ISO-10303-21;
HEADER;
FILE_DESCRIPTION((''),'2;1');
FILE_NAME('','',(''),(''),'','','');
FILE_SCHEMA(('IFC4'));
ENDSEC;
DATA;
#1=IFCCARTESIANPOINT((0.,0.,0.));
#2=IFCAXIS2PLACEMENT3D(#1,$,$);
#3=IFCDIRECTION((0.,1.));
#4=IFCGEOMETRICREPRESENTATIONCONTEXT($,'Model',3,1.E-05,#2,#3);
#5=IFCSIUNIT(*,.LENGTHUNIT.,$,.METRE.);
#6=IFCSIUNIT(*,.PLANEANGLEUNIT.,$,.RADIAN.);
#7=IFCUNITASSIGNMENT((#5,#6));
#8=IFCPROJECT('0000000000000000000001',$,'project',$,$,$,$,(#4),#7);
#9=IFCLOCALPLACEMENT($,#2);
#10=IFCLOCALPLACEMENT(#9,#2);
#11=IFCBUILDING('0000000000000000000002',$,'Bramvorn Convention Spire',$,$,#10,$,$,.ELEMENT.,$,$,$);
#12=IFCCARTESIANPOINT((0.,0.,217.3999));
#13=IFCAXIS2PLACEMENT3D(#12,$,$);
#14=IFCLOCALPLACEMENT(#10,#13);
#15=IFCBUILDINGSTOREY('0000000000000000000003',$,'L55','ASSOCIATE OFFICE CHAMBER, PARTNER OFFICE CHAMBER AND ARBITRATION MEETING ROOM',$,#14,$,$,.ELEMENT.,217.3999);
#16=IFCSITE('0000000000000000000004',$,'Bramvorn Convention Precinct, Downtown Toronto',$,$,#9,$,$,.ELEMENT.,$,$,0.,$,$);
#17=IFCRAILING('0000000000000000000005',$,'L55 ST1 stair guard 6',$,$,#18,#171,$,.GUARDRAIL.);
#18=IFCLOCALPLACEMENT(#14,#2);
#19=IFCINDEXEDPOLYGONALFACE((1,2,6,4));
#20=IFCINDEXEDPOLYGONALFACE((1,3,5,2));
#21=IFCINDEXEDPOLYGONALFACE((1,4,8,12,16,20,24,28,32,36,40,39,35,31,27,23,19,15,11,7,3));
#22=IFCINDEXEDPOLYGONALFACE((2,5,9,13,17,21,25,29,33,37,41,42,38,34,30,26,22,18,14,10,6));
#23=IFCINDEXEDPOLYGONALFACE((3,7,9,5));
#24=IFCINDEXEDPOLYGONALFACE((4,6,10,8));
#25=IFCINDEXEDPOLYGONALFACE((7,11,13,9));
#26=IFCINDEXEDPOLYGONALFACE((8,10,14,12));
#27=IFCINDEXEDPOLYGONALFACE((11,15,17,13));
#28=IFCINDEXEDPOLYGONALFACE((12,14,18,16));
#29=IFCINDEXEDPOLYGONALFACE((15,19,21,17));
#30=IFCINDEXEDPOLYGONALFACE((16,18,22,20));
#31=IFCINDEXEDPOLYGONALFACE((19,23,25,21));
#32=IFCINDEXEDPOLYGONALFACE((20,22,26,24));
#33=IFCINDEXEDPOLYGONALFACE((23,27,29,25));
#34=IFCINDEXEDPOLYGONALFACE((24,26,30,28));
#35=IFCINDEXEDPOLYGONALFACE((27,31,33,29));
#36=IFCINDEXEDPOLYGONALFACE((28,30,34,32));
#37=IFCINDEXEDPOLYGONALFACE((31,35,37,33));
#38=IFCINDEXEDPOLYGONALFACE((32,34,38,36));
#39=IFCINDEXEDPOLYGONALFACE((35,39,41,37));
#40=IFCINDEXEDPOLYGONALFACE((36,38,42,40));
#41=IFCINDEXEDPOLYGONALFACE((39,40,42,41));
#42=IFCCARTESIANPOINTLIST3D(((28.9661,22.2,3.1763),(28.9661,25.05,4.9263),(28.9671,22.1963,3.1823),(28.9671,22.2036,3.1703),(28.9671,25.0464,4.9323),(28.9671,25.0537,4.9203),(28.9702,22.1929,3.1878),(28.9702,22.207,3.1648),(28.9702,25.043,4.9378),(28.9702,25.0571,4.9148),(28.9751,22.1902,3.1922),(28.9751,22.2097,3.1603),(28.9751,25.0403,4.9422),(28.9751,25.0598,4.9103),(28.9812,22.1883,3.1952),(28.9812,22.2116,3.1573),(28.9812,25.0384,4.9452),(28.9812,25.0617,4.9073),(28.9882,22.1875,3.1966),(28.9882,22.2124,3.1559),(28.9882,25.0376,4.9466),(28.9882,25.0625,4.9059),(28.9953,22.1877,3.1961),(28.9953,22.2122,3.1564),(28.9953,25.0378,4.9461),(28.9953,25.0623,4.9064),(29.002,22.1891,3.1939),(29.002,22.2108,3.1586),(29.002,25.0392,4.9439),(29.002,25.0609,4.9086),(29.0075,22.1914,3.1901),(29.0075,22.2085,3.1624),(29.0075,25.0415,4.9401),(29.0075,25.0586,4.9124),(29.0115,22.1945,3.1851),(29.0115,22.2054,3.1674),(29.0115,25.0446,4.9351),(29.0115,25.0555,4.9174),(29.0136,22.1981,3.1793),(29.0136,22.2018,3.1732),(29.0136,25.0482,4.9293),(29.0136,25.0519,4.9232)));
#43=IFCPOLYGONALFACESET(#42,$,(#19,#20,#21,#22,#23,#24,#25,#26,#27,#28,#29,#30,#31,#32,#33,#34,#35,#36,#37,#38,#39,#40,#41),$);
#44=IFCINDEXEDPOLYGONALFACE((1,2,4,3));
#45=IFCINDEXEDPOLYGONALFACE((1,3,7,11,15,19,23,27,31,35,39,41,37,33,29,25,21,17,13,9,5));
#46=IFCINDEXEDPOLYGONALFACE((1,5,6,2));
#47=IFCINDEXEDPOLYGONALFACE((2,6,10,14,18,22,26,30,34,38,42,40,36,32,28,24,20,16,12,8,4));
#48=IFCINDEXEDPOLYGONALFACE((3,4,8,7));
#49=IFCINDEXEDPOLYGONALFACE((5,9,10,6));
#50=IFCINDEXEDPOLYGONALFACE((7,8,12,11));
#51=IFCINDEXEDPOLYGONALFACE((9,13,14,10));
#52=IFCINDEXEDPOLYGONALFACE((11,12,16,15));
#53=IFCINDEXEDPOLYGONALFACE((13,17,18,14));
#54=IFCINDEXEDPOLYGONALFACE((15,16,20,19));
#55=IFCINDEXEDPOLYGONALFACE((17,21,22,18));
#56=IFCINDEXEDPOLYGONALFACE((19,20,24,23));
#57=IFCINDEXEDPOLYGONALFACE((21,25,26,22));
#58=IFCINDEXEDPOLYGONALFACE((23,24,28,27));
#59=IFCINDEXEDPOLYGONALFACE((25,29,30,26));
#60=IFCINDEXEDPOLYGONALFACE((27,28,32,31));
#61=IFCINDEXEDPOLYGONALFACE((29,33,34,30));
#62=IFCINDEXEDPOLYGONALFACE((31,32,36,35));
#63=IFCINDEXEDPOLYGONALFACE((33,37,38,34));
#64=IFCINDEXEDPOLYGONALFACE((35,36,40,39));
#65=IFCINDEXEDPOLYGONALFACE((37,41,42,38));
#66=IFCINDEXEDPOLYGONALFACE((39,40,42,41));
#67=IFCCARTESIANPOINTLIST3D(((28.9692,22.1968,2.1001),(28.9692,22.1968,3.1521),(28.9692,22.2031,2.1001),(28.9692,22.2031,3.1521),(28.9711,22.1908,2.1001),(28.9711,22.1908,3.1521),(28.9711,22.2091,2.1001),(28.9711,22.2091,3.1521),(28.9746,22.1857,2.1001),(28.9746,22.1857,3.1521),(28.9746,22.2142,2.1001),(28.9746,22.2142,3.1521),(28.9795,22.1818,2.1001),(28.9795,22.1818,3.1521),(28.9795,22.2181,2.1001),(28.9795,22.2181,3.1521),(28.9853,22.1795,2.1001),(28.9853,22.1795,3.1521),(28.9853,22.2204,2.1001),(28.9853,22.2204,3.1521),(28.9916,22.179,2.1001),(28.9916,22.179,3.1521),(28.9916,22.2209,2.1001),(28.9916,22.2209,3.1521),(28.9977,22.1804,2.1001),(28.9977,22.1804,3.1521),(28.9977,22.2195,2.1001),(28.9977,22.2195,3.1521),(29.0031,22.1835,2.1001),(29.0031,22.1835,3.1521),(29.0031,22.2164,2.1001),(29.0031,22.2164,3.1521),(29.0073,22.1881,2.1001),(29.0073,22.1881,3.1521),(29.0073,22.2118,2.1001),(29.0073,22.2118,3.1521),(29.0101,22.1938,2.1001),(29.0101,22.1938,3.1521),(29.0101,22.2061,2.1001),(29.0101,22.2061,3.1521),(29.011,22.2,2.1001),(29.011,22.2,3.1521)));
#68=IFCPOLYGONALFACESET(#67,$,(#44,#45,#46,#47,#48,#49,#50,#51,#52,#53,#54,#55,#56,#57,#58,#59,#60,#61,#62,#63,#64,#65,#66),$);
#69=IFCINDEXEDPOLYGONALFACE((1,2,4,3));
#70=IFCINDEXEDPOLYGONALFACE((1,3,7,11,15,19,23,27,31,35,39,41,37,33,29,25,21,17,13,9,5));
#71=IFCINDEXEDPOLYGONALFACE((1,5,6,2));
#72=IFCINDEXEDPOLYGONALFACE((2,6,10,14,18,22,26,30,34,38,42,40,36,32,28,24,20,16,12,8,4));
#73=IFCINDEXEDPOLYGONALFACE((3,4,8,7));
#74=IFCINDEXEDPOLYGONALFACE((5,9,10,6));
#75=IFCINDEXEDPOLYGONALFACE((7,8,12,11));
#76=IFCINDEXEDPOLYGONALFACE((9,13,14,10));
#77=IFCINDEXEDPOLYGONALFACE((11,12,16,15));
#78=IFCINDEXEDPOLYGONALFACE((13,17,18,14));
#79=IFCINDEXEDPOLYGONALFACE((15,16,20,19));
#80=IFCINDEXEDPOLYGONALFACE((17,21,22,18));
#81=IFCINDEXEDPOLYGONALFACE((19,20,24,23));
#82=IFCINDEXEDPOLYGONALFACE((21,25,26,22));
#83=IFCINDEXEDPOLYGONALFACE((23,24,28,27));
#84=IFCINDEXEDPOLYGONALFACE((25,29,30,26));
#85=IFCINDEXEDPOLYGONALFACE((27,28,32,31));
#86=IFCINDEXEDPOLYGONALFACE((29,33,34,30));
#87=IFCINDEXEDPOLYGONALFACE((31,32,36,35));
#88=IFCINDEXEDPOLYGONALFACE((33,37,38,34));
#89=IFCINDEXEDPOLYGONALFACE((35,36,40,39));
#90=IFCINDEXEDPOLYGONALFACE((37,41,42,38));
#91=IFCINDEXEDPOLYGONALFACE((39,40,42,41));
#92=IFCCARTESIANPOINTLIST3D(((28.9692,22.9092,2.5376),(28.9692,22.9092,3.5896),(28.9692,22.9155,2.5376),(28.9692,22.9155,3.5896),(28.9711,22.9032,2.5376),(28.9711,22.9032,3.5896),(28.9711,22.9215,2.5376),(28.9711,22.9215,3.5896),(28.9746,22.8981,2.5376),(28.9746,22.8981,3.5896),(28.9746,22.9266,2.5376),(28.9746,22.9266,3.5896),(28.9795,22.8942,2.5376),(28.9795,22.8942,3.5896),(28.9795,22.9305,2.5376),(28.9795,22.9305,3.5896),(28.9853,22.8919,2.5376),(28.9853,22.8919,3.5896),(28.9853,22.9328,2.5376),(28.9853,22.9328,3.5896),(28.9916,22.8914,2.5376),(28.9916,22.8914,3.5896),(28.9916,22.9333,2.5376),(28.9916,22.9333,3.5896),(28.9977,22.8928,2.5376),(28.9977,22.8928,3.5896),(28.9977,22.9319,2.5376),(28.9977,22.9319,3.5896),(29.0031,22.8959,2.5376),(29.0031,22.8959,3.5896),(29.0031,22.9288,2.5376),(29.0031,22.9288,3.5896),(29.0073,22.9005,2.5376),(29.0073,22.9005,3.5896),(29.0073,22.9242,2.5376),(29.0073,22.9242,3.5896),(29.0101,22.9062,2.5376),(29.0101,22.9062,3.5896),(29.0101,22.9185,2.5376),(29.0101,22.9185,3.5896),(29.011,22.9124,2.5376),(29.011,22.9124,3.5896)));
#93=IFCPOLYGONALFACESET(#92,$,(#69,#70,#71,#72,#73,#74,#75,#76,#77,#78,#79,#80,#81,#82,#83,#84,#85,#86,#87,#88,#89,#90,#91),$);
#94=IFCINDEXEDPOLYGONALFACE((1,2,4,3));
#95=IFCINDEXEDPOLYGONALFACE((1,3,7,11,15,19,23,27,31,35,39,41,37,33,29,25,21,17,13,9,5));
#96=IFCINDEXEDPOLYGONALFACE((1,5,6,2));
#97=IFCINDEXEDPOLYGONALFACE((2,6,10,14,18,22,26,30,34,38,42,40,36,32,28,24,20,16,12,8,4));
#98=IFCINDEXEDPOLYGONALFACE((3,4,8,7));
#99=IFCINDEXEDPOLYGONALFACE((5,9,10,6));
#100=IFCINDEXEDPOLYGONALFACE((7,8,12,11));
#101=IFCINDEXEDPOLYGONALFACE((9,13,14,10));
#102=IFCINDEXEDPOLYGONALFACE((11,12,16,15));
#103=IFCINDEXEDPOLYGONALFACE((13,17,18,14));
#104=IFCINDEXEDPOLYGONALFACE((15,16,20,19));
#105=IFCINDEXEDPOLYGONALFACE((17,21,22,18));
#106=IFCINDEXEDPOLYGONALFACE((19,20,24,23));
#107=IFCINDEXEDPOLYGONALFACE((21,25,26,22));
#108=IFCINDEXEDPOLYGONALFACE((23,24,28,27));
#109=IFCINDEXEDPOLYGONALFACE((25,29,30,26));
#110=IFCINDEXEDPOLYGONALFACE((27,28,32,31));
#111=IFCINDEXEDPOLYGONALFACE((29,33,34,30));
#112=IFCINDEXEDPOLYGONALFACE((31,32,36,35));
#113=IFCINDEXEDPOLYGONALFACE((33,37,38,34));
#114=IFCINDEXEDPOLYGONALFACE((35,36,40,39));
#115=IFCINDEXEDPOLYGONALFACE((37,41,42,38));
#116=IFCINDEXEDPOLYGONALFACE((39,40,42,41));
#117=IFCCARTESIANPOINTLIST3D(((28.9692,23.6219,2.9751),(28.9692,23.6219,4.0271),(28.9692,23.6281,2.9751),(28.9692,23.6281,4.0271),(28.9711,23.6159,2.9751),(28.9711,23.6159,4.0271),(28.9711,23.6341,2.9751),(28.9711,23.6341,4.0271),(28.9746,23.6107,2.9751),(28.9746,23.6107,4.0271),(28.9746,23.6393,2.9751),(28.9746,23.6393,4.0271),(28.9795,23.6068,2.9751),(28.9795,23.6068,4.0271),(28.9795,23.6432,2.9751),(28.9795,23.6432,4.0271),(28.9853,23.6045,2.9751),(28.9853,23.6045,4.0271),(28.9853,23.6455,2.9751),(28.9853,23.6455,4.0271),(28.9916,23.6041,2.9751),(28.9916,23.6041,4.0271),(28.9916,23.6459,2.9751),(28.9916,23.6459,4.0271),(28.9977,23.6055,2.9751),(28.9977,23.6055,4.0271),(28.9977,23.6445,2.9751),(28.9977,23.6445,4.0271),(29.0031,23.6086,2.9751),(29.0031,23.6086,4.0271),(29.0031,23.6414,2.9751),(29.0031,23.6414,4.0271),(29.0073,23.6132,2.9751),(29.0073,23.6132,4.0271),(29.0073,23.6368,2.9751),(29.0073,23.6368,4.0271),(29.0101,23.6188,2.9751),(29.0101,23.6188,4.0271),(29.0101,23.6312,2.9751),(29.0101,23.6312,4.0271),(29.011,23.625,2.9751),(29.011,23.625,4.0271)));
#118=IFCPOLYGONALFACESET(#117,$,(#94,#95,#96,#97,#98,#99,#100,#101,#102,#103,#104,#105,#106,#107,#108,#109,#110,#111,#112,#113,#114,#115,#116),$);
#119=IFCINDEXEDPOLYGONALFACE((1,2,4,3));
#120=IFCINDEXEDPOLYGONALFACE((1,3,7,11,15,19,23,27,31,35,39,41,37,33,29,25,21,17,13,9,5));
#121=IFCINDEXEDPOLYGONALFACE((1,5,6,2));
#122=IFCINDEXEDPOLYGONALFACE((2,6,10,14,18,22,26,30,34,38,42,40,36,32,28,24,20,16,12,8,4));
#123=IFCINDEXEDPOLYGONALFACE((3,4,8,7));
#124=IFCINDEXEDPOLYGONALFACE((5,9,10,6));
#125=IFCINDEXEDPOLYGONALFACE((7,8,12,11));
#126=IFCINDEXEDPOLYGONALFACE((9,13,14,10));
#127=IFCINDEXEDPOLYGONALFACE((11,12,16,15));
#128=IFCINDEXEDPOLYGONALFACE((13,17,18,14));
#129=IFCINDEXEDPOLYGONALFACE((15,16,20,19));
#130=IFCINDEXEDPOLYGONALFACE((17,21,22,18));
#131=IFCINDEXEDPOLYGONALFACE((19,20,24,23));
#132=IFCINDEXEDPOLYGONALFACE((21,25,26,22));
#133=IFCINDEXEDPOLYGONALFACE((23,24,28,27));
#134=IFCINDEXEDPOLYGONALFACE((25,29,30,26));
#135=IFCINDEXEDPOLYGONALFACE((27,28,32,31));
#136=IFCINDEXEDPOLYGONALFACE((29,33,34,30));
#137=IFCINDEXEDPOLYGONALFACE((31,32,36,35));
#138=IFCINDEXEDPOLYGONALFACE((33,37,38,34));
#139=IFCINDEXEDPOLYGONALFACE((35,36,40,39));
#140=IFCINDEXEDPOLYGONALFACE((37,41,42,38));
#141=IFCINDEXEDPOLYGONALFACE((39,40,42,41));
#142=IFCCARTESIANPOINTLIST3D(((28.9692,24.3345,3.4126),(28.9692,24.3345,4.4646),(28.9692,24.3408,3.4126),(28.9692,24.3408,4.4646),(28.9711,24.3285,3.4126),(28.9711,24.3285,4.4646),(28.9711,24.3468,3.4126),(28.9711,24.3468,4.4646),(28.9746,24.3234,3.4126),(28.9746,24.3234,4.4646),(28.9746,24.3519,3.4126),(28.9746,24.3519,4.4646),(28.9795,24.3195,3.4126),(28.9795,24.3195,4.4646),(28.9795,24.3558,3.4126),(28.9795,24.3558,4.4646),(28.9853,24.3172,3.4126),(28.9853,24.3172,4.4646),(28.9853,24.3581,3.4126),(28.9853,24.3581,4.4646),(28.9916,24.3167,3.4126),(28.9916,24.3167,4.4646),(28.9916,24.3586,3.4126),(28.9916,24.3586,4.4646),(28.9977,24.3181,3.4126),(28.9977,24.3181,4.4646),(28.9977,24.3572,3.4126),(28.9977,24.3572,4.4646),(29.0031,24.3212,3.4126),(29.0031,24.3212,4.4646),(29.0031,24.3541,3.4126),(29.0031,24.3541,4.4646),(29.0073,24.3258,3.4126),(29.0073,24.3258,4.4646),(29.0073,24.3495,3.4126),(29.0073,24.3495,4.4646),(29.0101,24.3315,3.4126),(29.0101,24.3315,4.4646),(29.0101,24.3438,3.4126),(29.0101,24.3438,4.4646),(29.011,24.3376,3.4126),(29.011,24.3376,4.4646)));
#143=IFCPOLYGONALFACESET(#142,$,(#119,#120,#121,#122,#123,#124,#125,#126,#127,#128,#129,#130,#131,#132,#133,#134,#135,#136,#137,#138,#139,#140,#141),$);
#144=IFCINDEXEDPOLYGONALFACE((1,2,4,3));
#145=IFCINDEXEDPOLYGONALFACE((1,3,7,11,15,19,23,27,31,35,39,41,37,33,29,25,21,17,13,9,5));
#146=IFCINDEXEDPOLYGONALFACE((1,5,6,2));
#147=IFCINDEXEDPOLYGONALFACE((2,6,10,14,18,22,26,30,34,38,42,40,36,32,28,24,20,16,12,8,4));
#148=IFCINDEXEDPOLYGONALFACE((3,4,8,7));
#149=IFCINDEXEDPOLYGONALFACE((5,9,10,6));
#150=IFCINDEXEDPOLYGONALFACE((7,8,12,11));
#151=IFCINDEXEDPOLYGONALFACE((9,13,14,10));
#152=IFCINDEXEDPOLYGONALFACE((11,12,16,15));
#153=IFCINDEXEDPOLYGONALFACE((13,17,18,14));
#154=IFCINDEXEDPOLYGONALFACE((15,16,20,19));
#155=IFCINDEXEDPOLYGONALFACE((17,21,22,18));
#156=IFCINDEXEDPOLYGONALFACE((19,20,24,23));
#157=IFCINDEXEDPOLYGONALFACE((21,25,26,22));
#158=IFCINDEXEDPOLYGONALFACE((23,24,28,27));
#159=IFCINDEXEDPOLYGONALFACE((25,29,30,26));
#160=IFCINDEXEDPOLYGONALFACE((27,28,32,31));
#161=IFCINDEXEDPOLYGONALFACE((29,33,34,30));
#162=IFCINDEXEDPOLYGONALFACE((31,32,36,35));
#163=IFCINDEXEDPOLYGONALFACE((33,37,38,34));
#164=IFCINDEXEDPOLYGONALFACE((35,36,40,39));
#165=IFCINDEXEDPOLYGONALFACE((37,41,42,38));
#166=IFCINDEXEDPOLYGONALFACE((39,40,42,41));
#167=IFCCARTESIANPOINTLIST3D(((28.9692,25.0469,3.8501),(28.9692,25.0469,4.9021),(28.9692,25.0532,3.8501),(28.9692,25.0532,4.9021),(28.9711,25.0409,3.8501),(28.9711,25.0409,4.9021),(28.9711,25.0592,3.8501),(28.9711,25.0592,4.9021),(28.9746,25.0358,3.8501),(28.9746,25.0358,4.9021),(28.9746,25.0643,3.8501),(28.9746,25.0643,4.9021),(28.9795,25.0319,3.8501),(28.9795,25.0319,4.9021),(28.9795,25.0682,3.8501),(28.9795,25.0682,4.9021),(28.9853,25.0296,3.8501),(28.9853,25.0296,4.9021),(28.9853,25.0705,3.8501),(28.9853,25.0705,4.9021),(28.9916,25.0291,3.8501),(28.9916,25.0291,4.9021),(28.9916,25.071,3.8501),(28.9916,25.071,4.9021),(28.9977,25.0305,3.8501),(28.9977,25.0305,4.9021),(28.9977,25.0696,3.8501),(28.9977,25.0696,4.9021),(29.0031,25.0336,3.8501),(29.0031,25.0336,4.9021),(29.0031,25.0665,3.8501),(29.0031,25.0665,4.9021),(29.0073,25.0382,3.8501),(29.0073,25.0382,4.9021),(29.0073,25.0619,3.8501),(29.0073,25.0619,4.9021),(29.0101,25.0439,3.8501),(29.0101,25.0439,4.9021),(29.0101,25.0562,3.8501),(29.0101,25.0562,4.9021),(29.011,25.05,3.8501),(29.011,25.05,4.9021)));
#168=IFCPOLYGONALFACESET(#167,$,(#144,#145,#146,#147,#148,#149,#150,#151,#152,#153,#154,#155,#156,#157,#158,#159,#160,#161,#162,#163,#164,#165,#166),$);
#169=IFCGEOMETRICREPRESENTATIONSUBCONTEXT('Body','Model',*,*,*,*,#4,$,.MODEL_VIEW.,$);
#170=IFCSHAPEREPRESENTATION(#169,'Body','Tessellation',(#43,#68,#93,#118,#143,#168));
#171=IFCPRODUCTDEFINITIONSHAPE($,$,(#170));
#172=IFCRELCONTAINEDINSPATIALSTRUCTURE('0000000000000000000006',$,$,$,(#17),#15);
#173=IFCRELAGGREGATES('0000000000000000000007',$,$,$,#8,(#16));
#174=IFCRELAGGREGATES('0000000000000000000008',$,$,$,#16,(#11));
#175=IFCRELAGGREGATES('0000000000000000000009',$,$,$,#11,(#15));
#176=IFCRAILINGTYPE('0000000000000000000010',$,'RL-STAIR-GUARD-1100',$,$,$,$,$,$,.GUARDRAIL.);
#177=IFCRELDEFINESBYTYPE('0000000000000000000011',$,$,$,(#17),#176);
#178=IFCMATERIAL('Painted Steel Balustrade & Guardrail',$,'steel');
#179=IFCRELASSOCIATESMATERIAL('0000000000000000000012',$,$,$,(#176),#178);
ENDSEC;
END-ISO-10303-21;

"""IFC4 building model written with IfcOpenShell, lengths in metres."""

from ifc_helpers import new_model, si_unit, direction, frame, origin, origin_2d, place, context, subcontext, project, spatial, circle, extrude, material, type_object, element, save


model = new_model("IFC4")

# Units and contexts
model_context = context("Model", 3, precision=1e-05, world=origin(), true_north=direction((0.0, 1.0)))
body_context = subcontext(model_context, "Body", "Model", "MODEL_VIEW")
ifc_project = project(units=[si_unit("LENGTHUNIT", "METRE"), si_unit("PLANEANGLEUNIT", "RADIAN")], contexts=[model_context])

# Site, building, storey
site_placement = place(None, origin())
site = spatial("IfcSite", under=ifc_project, at=site_placement, Name="Bramvorn Convention Precinct, Downtown Toronto", CompositionType="ELEMENT", RefElevation=0.0)
building_placement = place(site_placement, origin())
building = spatial("IfcBuilding", under=site, at=building_placement, Name="Bramvorn Convention Spire", CompositionType="ELEMENT")
storey_placement = place(building_placement, frame((0.0, 0.0, 217.3999)))
storey = spatial("IfcBuildingStorey", under=building, at=storey_placement, Name="L55", Description="ASSOCIATE OFFICE CHAMBER, PARTNER OFFICE CHAMBER AND ARBITRATION MEETING ROOM", CompositionType="ELEMENT", Elevation=217.3999)

# Railing
ifc_material_1 = material(Name="Painted Steel Balustrade & Guardrail", Category="steel")
railing_type_1 = type_object("IfcRailingType", Name="RL-STAIR-GUARD-1100", PredefinedType="GUARDRAIL", material=ifc_material_1)
railing_1_placement = place(storey_placement, frame((28.99, 22.2, 2.1001)))
element("IfcRailing", 1, at=railing_1_placement, inside=storey, type_object=railing_type_1, Name="L55 ST1 stair guard 6", PredefinedType="GUARDRAIL", context=body_context, shape_type="SweptSolid", body=[
    extrude(circle(Radius=0.0239, at=origin_2d()), frame((0.0, 0.0, 1.0762), z_axis=(0.0, 0.852179, 0.52325), x_axis=(-1.0, 0.0, 0.0)), (0.0, 0.0, 1.0), 3.3445),
    extrude(circle(Radius=0.021, at=origin_2d()), origin(), (0.0, 0.0, 1.0), 1.052),
    extrude(circle(Radius=0.021, at=origin_2d()), frame((0.0, 0.7124, 0.4375)), (0.0, 0.0, 1.0), 1.052),
    extrude(circle(Radius=0.021, at=origin_2d()), frame((0.0, 1.425, 0.875)), (0.0, 0.0, 1.0), 1.052),
    extrude(circle(Radius=0.021, at=origin_2d()), frame((0.0, 2.1377, 1.3125)), (0.0, 0.0, 1.0), 1.052),
    extrude(circle(Radius=0.021, at=origin_2d()), frame((0.0, 2.8501, 1.75)), (0.0, 0.0, 1.0), 1.052),
])

save(model, "model.ifc")
